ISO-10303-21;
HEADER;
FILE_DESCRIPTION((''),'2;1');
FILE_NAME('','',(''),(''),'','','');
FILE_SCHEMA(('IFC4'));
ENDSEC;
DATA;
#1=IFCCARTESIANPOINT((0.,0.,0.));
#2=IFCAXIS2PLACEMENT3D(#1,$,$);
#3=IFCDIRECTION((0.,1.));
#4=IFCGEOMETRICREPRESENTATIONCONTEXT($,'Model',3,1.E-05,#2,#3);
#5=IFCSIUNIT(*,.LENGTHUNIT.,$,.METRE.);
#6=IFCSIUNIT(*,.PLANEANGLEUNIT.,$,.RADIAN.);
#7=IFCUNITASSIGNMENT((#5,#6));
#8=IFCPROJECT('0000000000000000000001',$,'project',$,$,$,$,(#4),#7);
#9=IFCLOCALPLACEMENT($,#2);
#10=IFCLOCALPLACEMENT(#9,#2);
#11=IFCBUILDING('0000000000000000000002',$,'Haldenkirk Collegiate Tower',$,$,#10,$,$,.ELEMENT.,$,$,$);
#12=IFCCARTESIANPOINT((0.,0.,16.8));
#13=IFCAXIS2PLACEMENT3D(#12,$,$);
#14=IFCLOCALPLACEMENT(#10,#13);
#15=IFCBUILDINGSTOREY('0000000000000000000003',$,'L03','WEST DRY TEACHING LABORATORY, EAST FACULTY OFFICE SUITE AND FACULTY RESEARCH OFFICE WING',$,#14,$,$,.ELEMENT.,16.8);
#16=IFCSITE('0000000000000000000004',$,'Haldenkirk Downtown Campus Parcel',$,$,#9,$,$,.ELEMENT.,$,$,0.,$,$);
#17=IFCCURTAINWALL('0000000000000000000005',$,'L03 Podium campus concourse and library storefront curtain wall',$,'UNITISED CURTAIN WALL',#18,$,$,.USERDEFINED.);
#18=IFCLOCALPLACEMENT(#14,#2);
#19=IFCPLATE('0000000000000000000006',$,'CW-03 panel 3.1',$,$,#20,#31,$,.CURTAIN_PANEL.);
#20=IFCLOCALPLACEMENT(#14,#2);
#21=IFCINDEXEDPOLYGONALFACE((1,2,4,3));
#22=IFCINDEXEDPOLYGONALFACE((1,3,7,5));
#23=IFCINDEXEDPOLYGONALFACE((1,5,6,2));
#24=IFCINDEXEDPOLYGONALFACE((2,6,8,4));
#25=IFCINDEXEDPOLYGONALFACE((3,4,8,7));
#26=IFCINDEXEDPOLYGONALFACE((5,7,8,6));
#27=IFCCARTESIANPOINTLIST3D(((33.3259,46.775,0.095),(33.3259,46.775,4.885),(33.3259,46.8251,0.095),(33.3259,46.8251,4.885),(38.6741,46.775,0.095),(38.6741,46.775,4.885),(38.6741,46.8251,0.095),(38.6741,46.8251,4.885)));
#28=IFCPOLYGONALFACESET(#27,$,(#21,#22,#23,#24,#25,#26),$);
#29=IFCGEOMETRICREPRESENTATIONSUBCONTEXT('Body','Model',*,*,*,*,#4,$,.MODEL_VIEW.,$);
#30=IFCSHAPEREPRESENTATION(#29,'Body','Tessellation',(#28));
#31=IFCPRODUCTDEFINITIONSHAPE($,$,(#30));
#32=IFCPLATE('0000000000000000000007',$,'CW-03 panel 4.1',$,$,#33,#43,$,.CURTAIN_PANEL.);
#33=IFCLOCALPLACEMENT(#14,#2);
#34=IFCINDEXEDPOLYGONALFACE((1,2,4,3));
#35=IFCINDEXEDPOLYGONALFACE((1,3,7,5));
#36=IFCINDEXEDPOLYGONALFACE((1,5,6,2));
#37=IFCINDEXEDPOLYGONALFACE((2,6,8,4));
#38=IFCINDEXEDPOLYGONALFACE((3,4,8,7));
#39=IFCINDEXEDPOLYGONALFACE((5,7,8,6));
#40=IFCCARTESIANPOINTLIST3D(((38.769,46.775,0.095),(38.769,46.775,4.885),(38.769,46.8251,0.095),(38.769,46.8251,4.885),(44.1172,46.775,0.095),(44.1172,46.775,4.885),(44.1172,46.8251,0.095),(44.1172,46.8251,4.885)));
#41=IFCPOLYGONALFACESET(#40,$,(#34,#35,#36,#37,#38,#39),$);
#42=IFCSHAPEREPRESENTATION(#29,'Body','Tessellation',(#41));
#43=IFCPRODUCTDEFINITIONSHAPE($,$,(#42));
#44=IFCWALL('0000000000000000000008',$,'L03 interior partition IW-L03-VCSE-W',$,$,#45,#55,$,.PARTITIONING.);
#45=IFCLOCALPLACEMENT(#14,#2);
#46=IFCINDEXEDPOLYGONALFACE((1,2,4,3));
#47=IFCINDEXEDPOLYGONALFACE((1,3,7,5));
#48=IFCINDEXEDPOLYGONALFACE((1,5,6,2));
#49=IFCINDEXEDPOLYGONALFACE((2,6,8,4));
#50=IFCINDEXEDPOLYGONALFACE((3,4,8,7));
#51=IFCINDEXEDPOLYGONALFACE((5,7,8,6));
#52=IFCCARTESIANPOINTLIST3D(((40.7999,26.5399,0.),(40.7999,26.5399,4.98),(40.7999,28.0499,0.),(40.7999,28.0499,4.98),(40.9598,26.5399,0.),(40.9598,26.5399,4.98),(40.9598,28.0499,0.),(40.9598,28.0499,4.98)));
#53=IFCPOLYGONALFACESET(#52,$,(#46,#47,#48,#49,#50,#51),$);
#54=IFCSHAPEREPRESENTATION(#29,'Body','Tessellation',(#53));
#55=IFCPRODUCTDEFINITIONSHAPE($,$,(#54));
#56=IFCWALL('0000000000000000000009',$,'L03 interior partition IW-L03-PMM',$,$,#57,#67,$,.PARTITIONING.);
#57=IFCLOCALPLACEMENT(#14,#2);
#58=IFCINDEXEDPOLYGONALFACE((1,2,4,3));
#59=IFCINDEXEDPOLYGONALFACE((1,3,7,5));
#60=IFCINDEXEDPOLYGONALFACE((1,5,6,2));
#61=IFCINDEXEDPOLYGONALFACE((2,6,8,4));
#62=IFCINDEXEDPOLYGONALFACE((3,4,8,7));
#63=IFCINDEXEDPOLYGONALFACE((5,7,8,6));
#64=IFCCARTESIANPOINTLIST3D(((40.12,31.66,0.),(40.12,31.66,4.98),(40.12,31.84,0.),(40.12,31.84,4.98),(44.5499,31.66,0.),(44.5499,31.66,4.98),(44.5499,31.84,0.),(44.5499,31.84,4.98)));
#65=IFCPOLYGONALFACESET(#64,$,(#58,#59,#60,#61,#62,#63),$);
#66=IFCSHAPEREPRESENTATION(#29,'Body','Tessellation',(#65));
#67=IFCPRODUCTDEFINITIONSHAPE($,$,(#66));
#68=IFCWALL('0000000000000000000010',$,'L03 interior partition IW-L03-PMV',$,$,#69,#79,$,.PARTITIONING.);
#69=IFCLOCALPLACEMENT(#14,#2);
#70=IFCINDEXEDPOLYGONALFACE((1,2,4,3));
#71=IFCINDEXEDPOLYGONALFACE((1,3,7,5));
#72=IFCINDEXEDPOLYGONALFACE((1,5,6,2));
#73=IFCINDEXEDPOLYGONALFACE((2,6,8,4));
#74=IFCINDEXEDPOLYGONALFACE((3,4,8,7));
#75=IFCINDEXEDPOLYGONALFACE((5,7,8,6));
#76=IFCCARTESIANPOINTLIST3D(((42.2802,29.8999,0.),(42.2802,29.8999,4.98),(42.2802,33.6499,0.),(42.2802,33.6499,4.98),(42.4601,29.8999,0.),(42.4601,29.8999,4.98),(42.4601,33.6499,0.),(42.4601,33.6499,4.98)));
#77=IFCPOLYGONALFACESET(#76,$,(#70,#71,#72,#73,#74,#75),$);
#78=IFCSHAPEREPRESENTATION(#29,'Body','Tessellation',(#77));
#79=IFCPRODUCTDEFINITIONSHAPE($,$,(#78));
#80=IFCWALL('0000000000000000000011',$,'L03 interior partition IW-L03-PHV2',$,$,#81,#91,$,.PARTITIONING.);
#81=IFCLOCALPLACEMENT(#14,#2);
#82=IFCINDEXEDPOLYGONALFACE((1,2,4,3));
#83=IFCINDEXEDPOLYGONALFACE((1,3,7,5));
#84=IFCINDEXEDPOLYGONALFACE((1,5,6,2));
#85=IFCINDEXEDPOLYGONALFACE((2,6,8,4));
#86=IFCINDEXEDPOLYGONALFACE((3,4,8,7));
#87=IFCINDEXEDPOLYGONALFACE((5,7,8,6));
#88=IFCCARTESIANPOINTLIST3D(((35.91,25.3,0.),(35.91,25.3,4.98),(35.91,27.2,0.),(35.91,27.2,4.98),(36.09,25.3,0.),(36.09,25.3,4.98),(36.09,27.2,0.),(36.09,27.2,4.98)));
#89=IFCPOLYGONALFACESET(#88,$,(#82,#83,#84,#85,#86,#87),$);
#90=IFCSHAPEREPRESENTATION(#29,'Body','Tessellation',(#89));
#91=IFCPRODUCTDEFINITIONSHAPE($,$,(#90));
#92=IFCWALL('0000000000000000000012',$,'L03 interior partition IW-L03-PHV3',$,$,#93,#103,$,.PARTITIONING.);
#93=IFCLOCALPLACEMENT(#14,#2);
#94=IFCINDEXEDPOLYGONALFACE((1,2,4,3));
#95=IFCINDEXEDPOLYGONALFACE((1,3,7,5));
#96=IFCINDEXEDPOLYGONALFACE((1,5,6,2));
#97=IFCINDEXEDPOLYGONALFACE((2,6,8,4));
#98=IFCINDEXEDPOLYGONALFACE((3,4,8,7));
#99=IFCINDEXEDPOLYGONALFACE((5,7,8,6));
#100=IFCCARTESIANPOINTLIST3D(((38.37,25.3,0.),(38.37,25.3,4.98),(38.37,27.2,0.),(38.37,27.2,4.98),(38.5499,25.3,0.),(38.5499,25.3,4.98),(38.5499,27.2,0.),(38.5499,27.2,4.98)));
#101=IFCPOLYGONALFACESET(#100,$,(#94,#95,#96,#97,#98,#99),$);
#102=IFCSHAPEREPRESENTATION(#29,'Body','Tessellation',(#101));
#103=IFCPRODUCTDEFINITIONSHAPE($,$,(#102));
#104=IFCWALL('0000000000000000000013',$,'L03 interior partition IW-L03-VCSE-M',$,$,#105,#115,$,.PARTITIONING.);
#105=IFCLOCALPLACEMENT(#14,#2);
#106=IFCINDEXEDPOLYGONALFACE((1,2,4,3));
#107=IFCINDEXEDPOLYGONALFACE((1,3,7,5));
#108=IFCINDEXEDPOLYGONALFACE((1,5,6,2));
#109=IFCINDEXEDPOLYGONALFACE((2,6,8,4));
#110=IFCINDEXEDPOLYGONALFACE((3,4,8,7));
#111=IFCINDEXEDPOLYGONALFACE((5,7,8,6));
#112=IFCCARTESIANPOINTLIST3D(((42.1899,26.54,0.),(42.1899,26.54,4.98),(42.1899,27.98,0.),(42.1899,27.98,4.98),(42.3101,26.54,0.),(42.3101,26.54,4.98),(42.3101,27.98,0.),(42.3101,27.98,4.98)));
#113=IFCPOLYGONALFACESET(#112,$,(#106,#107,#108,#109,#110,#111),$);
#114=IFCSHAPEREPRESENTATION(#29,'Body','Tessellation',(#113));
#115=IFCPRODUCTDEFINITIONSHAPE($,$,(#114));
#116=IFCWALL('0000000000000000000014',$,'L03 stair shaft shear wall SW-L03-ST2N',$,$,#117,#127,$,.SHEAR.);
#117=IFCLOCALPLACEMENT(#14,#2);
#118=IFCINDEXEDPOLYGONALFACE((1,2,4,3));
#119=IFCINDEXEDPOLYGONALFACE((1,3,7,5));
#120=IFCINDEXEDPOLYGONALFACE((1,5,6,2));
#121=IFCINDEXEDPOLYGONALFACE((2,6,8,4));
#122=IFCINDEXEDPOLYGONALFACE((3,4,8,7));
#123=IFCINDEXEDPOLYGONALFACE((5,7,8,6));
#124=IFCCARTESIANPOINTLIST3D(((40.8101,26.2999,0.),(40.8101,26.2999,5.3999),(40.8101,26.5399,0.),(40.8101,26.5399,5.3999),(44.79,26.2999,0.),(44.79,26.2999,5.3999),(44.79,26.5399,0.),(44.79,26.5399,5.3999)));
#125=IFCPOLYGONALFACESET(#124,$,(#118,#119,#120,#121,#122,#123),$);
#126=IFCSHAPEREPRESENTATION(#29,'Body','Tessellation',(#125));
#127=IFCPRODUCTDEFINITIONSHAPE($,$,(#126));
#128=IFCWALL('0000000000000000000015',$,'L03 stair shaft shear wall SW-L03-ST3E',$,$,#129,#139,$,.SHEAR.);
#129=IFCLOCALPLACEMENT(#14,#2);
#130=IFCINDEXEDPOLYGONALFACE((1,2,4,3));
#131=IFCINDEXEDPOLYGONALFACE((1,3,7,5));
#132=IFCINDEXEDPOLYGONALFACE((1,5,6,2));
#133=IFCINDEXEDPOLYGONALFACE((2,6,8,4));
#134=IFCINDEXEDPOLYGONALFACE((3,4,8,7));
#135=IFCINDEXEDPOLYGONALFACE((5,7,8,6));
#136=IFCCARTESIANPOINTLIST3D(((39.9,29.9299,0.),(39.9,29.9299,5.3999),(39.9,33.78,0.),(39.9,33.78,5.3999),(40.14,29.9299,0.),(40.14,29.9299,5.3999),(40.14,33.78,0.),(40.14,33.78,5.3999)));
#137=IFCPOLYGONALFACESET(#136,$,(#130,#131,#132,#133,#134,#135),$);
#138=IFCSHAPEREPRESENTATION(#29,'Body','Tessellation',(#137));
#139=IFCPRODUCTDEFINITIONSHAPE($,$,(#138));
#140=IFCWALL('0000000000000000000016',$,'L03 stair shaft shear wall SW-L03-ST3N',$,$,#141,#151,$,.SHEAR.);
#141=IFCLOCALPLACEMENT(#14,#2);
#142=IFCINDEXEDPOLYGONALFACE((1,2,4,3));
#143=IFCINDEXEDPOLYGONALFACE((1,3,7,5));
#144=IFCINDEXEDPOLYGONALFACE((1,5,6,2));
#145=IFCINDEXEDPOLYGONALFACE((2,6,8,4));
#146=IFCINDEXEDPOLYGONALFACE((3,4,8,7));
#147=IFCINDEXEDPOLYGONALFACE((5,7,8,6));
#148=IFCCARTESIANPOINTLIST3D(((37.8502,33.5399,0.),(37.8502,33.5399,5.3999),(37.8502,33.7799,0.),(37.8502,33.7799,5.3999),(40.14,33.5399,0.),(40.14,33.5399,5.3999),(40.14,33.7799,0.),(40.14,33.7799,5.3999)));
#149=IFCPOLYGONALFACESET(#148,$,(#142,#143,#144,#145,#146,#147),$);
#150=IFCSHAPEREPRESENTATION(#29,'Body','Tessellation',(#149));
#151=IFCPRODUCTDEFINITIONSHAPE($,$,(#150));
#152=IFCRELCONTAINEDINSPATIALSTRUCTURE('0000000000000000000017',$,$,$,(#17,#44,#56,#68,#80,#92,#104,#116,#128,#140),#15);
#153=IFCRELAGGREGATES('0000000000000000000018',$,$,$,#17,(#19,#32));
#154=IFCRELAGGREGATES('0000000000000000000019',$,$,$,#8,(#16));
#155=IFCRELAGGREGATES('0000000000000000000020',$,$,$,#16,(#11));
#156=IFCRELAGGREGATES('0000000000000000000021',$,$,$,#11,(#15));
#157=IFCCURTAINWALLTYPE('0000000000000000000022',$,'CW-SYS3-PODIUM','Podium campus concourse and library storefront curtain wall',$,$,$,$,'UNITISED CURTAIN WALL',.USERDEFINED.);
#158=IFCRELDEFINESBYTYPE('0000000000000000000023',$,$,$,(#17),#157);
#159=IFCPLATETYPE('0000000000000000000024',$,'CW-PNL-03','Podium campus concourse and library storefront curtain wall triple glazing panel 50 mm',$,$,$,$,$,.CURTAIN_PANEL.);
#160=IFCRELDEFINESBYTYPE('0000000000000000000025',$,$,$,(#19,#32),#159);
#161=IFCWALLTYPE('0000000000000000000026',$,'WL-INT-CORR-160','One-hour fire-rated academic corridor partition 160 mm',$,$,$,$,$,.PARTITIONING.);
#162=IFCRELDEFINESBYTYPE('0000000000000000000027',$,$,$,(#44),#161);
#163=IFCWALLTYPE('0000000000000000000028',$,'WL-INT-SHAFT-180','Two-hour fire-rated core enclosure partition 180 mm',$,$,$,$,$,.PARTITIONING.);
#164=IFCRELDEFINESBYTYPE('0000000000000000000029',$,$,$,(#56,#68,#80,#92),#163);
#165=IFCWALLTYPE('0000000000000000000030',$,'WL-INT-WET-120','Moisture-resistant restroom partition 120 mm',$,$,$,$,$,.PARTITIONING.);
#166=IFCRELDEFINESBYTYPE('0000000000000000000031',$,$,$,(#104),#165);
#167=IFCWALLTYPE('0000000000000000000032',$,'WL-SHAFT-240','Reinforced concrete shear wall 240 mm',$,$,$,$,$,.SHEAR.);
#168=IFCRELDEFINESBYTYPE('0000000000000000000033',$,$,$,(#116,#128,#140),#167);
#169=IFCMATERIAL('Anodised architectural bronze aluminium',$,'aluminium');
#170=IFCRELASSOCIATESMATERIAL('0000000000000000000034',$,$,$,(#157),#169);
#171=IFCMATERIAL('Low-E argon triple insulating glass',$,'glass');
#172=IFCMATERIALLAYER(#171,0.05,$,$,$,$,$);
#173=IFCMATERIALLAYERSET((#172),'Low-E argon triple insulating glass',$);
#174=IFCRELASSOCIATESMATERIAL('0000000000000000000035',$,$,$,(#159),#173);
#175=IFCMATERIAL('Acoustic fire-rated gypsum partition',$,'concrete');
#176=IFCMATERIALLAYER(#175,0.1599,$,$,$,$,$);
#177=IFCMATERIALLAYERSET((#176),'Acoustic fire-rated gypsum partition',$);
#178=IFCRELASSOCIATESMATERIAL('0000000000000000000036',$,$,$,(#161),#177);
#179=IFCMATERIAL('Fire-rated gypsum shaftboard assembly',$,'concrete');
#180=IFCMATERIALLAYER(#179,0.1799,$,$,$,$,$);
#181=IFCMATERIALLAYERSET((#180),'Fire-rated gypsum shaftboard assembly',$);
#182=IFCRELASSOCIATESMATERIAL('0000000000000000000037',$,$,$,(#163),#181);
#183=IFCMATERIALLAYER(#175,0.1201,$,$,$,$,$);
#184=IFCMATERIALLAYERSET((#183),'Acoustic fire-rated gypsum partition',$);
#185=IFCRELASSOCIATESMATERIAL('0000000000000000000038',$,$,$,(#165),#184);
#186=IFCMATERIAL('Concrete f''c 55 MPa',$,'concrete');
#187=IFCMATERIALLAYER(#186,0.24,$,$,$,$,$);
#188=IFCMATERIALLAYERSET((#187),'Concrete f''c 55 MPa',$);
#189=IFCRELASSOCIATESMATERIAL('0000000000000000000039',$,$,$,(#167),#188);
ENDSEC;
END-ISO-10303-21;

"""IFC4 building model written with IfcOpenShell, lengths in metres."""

from ifc_helpers import new_model, si_unit, direction, frame, frame_2d, origin, origin_2d, place, context, subcontext, project, spatial, rectangle, extrude, source, transform, mapped, material, layer, layer_set, type_object, element, aggregate, save


model = new_model("IFC4")

# Units and contexts
model_context = context("Model", 3, precision=1e-05, world=origin(), true_north=direction((0.0, 1.0)))
body_context = subcontext(model_context, "Body", "Model", "MODEL_VIEW")
ifc_project = project(units=[si_unit("LENGTHUNIT", "METRE"), si_unit("PLANEANGLEUNIT", "RADIAN")], contexts=[model_context])

# Site, building, storey
site_placement = place(None, origin())
site = spatial("IfcSite", under=ifc_project, at=site_placement, Name="Haldenkirk Downtown Campus Parcel", CompositionType="ELEMENT", RefElevation=0.0)
building_placement = place(site_placement, origin())
building = spatial("IfcBuilding", under=site, at=building_placement, Name="Haldenkirk Collegiate Tower", CompositionType="ELEMENT")
storey_placement = place(building_placement, frame((0.0, 0.0, 16.8)))
storey = spatial("IfcBuildingStorey", under=building, at=storey_placement, Name="L03", Description="WEST DRY TEACHING LABORATORY, EAST FACULTY OFFICE SUITE AND FACULTY RESEARCH OFFICE WING", CompositionType="ELEMENT", Elevation=16.8)

# Curtain wall, plates
ifc_material_1 = material(Name="Anodised architectural bronze aluminium", Category="aluminium")
curtain_wall_type = type_object("IfcCurtainWallType", Name="CW-SYS3-PODIUM", Description="Podium campus concourse and library storefront curtain wall", ElementType="UNITISED CURTAIN WALL", PredefinedType="USERDEFINED", material=ifc_material_1)
curtain_wall_placement = place(storey_placement, origin())
curtain_wall = element("IfcCurtainWall", 1, at=curtain_wall_placement, inside=storey, type_object=curtain_wall_type, Name="L03 Podium campus concourse and library storefront curtain wall", ObjectType="UNITISED CURTAIN WALL", PredefinedType="USERDEFINED")
ifc_material_2 = material(Name="Low-E argon triple insulating glass", Category="glass")
ifc_layer_1 = layer(ifc_material_2, 0.05)
ifc_layer_set_1 = layer_set([ifc_layer_1], Name="Low-E argon triple insulating glass")
plate_type = type_object("IfcPlateType", Name="CW-PNL-03", Description="Podium campus concourse and library storefront curtain wall triple glazing panel 50 mm", PredefinedType="CURTAIN_PANEL", material=ifc_layer_set_1)
shared_shape = source(origin(), body_context, "Body", "SweptSolid", [
    extrude(rectangle(XDim=5.3481, YDim=0.05, at=origin_2d()), origin(), (0.0, 0.0, 1.0), 4.79),
])
plate_1_placement = place(storey_placement, frame((36.0, 46.8, 0.095), z_axis=(0.0, 0.0, 1.0), x_axis=(1.0, 0.0, 0.0)))
plate_1 = element("IfcPlate", 2, at=plate_1_placement, type_object=plate_type, Name="CW-03 panel 3.1", PredefinedType="CURTAIN_PANEL", context=body_context, shape_type="MappedRepresentation", body=[
    mapped(shared_shape, transform((0.0, 0.0, 0.0), x_axis=(1.0, 0.0, 0.0), y_axis=(0.0, 1.0, 0.0), z_axis=(0.0, 0.0, 1.0), scale=1.0)),
])
plate_2_placement = place(storey_placement, frame((41.4431, 46.8, 0.095), z_axis=(0.0, 0.0, 1.0), x_axis=(1.0, 0.0, 0.0)))
plate_2 = element("IfcPlate", 3, at=plate_2_placement, type_object=plate_type, Name="CW-03 panel 4.1", PredefinedType="CURTAIN_PANEL", context=body_context, shape_type="MappedRepresentation", body=[
    mapped(shared_shape, transform((0.0, 0.0, 0.0), x_axis=(1.0, 0.0, 0.0), y_axis=(0.0, 1.0, 0.0), z_axis=(0.0, 0.0, 1.0), scale=1.0)),
])
aggregate(curtain_wall, [plate_1, plate_2])

# Shared definitions
ifc_material_3 = material(Name="Acoustic fire-rated gypsum partition", Category="concrete")
ifc_layer_2 = layer(ifc_material_3, 0.1599)
ifc_layer_set_2 = layer_set([ifc_layer_2], Name="Acoustic fire-rated gypsum partition")
wall_type_1 = type_object("IfcWallType", Name="WL-INT-CORR-160", Description="One-hour fire-rated academic corridor partition 160 mm", PredefinedType="PARTITIONING", material=ifc_layer_set_2)

# Wall
wall_1_placement = place(storey_placement, frame((40.8799, 26.54, 0.0), z_axis=(0.0, 0.0, 1.0), x_axis=(0.0, 1.0, 0.0)))
element("IfcWall", 4, at=wall_1_placement, inside=storey, type_object=wall_type_1, Name="L03 interior partition IW-L03-VCSE-W", PredefinedType="PARTITIONING", context=body_context, shape_type="SweptSolid", body=[
    extrude(rectangle(XDim=1.51, YDim=0.1599, at=frame_2d((0.7549, 0.0))), origin(), (0.0, 0.0, 1.0), 4.98),
])

# Shared definitions
ifc_material_4 = material(Name="Fire-rated gypsum shaftboard assembly", Category="concrete")
ifc_layer_3 = layer(ifc_material_4, 0.1799)
ifc_layer_set_3 = layer_set([ifc_layer_3], Name="Fire-rated gypsum shaftboard assembly")
wall_type_2 = type_object("IfcWallType", Name="WL-INT-SHAFT-180", Description="Two-hour fire-rated core enclosure partition 180 mm", PredefinedType="PARTITIONING", material=ifc_layer_set_3)

# Walls
wall_2_placement = place(storey_placement, frame((40.1201, 31.75, 0.0), z_axis=(0.0, 0.0, 1.0), x_axis=(1.0, 0.0, 0.0)))
element("IfcWall", 5, at=wall_2_placement, inside=storey, type_object=wall_type_2, Name="L03 interior partition IW-L03-PMM", PredefinedType="PARTITIONING", context=body_context, shape_type="SweptSolid", body=[
    extrude(rectangle(XDim=4.4299, YDim=0.1799, at=frame_2d((2.2148, 0.0))), origin(), (0.0, 0.0, 1.0), 4.98),
])
wall_3_placement = place(storey_placement, frame((42.3701, 29.8999, 0.0), z_axis=(0.0, 0.0, 1.0), x_axis=(0.0, 1.0, 0.0)))
element("IfcWall", 6, at=wall_3_placement, inside=storey, type_object=wall_type_2, Name="L03 interior partition IW-L03-PMV", PredefinedType="PARTITIONING", context=body_context, shape_type="SweptSolid", body=[
    extrude(rectangle(XDim=3.75, YDim=0.1799, at=frame_2d((1.875, 0.0))), origin(), (0.0, 0.0, 1.0), 4.98),
])
for number, where, z_axis, x_axis, name in (
    (7, (36.0, 25.3, 0.0), (0.0, 0.0, 1.0), (0.0, 1.0, 0.0), "L03 interior partition IW-L03-PHV2"),
    (8, (38.46, 25.3, 0.0), (0.0, 0.0, 1.0), (0.0, 1.0, 0.0), "L03 interior partition IW-L03-PHV3"),
):
    element("IfcWall", number, at=place(storey_placement, frame(where, z_axis=z_axis, x_axis=x_axis)), inside=storey, type_object=wall_type_2, Name=name, PredefinedType="PARTITIONING", context=body_context, shape_type="SweptSolid", body=[
        extrude(rectangle(XDim=1.8999, YDim=0.1799, at=frame_2d((0.95, 0.0))), origin(), (0.0, 0.0, 1.0), 4.98),
    ])
ifc_layer_4 = layer(ifc_material_3, 0.1201)
ifc_layer_set_4 = layer_set([ifc_layer_4], Name="Acoustic fire-rated gypsum partition")
wall_type_3 = type_object("IfcWallType", Name="WL-INT-WET-120", Description="Moisture-resistant restroom partition 120 mm", PredefinedType="PARTITIONING", material=ifc_layer_set_4)
wall_4_placement = place(storey_placement, frame((42.25, 26.54, 0.0), z_axis=(0.0, 0.0, 1.0), x_axis=(0.0, 1.0, 0.0)))
element("IfcWall", 9, at=wall_4_placement, inside=storey, type_object=wall_type_3, Name="L03 interior partition IW-L03-VCSE-M", PredefinedType="PARTITIONING", context=body_context, shape_type="SweptSolid", body=[
    extrude(rectangle(XDim=1.4399, YDim=0.1201, at=frame_2d((0.72, 0.0))), origin(), (0.0, 0.0, 1.0), 4.98),
])
ifc_material_5 = material(Name="Concrete f'c 55 MPa", Category="concrete")
ifc_layer_5 = layer(ifc_material_5, 0.24)
ifc_layer_set_5 = layer_set([ifc_layer_5], Name="Concrete f'c 55 MPa")
wall_type_4 = type_object("IfcWallType", Name="WL-SHAFT-240", Description="Reinforced concrete shear wall 240 mm", PredefinedType="SHEAR", material=ifc_layer_set_5)
wall_5_placement = place(storey_placement, frame((40.8101, 26.4199, 0.0), z_axis=(0.0, 0.0, 1.0), x_axis=(1.0, 0.0, 0.0)))
element("IfcWall", 10, at=wall_5_placement, inside=storey, type_object=wall_type_4, Name="L03 stair shaft shear wall SW-L03-ST2N", PredefinedType="SHEAR", context=body_context, shape_type="SweptSolid", body=[
    extrude(rectangle(XDim=3.98, YDim=0.24, at=frame_2d((1.99, 0.0))), origin(), (0.0, 0.0, 1.0), 5.3999),
])
wall_6_placement = place(storey_placement, frame((40.02, 29.9299, 0.0), z_axis=(0.0, 0.0, 1.0), x_axis=(0.0, 1.0, 0.0)))
element("IfcWall", 11, at=wall_6_placement, inside=storey, type_object=wall_type_4, Name="L03 stair shaft shear wall SW-L03-ST3E", PredefinedType="SHEAR", context=body_context, shape_type="SweptSolid", body=[
    extrude(rectangle(XDim=3.8501, YDim=0.24, at=frame_2d((1.925, 0.0))), origin(), (0.0, 0.0, 1.0), 5.3999),
])
wall_7_placement = place(storey_placement, frame((37.8501, 33.6599, 0.0), z_axis=(0.0, 0.0, 1.0), x_axis=(1.0, 0.0, 0.0)))
element("IfcWall", 12, at=wall_7_placement, inside=storey, type_object=wall_type_4, Name="L03 stair shaft shear wall SW-L03-ST3N", PredefinedType="SHEAR", context=body_context, shape_type="SweptSolid", body=[
    extrude(rectangle(XDim=2.2898, YDim=0.24, at=frame_2d((1.145, 0.0))), origin(), (0.0, 0.0, 1.0), 5.3999),
])

save(model, "model.ifc")
